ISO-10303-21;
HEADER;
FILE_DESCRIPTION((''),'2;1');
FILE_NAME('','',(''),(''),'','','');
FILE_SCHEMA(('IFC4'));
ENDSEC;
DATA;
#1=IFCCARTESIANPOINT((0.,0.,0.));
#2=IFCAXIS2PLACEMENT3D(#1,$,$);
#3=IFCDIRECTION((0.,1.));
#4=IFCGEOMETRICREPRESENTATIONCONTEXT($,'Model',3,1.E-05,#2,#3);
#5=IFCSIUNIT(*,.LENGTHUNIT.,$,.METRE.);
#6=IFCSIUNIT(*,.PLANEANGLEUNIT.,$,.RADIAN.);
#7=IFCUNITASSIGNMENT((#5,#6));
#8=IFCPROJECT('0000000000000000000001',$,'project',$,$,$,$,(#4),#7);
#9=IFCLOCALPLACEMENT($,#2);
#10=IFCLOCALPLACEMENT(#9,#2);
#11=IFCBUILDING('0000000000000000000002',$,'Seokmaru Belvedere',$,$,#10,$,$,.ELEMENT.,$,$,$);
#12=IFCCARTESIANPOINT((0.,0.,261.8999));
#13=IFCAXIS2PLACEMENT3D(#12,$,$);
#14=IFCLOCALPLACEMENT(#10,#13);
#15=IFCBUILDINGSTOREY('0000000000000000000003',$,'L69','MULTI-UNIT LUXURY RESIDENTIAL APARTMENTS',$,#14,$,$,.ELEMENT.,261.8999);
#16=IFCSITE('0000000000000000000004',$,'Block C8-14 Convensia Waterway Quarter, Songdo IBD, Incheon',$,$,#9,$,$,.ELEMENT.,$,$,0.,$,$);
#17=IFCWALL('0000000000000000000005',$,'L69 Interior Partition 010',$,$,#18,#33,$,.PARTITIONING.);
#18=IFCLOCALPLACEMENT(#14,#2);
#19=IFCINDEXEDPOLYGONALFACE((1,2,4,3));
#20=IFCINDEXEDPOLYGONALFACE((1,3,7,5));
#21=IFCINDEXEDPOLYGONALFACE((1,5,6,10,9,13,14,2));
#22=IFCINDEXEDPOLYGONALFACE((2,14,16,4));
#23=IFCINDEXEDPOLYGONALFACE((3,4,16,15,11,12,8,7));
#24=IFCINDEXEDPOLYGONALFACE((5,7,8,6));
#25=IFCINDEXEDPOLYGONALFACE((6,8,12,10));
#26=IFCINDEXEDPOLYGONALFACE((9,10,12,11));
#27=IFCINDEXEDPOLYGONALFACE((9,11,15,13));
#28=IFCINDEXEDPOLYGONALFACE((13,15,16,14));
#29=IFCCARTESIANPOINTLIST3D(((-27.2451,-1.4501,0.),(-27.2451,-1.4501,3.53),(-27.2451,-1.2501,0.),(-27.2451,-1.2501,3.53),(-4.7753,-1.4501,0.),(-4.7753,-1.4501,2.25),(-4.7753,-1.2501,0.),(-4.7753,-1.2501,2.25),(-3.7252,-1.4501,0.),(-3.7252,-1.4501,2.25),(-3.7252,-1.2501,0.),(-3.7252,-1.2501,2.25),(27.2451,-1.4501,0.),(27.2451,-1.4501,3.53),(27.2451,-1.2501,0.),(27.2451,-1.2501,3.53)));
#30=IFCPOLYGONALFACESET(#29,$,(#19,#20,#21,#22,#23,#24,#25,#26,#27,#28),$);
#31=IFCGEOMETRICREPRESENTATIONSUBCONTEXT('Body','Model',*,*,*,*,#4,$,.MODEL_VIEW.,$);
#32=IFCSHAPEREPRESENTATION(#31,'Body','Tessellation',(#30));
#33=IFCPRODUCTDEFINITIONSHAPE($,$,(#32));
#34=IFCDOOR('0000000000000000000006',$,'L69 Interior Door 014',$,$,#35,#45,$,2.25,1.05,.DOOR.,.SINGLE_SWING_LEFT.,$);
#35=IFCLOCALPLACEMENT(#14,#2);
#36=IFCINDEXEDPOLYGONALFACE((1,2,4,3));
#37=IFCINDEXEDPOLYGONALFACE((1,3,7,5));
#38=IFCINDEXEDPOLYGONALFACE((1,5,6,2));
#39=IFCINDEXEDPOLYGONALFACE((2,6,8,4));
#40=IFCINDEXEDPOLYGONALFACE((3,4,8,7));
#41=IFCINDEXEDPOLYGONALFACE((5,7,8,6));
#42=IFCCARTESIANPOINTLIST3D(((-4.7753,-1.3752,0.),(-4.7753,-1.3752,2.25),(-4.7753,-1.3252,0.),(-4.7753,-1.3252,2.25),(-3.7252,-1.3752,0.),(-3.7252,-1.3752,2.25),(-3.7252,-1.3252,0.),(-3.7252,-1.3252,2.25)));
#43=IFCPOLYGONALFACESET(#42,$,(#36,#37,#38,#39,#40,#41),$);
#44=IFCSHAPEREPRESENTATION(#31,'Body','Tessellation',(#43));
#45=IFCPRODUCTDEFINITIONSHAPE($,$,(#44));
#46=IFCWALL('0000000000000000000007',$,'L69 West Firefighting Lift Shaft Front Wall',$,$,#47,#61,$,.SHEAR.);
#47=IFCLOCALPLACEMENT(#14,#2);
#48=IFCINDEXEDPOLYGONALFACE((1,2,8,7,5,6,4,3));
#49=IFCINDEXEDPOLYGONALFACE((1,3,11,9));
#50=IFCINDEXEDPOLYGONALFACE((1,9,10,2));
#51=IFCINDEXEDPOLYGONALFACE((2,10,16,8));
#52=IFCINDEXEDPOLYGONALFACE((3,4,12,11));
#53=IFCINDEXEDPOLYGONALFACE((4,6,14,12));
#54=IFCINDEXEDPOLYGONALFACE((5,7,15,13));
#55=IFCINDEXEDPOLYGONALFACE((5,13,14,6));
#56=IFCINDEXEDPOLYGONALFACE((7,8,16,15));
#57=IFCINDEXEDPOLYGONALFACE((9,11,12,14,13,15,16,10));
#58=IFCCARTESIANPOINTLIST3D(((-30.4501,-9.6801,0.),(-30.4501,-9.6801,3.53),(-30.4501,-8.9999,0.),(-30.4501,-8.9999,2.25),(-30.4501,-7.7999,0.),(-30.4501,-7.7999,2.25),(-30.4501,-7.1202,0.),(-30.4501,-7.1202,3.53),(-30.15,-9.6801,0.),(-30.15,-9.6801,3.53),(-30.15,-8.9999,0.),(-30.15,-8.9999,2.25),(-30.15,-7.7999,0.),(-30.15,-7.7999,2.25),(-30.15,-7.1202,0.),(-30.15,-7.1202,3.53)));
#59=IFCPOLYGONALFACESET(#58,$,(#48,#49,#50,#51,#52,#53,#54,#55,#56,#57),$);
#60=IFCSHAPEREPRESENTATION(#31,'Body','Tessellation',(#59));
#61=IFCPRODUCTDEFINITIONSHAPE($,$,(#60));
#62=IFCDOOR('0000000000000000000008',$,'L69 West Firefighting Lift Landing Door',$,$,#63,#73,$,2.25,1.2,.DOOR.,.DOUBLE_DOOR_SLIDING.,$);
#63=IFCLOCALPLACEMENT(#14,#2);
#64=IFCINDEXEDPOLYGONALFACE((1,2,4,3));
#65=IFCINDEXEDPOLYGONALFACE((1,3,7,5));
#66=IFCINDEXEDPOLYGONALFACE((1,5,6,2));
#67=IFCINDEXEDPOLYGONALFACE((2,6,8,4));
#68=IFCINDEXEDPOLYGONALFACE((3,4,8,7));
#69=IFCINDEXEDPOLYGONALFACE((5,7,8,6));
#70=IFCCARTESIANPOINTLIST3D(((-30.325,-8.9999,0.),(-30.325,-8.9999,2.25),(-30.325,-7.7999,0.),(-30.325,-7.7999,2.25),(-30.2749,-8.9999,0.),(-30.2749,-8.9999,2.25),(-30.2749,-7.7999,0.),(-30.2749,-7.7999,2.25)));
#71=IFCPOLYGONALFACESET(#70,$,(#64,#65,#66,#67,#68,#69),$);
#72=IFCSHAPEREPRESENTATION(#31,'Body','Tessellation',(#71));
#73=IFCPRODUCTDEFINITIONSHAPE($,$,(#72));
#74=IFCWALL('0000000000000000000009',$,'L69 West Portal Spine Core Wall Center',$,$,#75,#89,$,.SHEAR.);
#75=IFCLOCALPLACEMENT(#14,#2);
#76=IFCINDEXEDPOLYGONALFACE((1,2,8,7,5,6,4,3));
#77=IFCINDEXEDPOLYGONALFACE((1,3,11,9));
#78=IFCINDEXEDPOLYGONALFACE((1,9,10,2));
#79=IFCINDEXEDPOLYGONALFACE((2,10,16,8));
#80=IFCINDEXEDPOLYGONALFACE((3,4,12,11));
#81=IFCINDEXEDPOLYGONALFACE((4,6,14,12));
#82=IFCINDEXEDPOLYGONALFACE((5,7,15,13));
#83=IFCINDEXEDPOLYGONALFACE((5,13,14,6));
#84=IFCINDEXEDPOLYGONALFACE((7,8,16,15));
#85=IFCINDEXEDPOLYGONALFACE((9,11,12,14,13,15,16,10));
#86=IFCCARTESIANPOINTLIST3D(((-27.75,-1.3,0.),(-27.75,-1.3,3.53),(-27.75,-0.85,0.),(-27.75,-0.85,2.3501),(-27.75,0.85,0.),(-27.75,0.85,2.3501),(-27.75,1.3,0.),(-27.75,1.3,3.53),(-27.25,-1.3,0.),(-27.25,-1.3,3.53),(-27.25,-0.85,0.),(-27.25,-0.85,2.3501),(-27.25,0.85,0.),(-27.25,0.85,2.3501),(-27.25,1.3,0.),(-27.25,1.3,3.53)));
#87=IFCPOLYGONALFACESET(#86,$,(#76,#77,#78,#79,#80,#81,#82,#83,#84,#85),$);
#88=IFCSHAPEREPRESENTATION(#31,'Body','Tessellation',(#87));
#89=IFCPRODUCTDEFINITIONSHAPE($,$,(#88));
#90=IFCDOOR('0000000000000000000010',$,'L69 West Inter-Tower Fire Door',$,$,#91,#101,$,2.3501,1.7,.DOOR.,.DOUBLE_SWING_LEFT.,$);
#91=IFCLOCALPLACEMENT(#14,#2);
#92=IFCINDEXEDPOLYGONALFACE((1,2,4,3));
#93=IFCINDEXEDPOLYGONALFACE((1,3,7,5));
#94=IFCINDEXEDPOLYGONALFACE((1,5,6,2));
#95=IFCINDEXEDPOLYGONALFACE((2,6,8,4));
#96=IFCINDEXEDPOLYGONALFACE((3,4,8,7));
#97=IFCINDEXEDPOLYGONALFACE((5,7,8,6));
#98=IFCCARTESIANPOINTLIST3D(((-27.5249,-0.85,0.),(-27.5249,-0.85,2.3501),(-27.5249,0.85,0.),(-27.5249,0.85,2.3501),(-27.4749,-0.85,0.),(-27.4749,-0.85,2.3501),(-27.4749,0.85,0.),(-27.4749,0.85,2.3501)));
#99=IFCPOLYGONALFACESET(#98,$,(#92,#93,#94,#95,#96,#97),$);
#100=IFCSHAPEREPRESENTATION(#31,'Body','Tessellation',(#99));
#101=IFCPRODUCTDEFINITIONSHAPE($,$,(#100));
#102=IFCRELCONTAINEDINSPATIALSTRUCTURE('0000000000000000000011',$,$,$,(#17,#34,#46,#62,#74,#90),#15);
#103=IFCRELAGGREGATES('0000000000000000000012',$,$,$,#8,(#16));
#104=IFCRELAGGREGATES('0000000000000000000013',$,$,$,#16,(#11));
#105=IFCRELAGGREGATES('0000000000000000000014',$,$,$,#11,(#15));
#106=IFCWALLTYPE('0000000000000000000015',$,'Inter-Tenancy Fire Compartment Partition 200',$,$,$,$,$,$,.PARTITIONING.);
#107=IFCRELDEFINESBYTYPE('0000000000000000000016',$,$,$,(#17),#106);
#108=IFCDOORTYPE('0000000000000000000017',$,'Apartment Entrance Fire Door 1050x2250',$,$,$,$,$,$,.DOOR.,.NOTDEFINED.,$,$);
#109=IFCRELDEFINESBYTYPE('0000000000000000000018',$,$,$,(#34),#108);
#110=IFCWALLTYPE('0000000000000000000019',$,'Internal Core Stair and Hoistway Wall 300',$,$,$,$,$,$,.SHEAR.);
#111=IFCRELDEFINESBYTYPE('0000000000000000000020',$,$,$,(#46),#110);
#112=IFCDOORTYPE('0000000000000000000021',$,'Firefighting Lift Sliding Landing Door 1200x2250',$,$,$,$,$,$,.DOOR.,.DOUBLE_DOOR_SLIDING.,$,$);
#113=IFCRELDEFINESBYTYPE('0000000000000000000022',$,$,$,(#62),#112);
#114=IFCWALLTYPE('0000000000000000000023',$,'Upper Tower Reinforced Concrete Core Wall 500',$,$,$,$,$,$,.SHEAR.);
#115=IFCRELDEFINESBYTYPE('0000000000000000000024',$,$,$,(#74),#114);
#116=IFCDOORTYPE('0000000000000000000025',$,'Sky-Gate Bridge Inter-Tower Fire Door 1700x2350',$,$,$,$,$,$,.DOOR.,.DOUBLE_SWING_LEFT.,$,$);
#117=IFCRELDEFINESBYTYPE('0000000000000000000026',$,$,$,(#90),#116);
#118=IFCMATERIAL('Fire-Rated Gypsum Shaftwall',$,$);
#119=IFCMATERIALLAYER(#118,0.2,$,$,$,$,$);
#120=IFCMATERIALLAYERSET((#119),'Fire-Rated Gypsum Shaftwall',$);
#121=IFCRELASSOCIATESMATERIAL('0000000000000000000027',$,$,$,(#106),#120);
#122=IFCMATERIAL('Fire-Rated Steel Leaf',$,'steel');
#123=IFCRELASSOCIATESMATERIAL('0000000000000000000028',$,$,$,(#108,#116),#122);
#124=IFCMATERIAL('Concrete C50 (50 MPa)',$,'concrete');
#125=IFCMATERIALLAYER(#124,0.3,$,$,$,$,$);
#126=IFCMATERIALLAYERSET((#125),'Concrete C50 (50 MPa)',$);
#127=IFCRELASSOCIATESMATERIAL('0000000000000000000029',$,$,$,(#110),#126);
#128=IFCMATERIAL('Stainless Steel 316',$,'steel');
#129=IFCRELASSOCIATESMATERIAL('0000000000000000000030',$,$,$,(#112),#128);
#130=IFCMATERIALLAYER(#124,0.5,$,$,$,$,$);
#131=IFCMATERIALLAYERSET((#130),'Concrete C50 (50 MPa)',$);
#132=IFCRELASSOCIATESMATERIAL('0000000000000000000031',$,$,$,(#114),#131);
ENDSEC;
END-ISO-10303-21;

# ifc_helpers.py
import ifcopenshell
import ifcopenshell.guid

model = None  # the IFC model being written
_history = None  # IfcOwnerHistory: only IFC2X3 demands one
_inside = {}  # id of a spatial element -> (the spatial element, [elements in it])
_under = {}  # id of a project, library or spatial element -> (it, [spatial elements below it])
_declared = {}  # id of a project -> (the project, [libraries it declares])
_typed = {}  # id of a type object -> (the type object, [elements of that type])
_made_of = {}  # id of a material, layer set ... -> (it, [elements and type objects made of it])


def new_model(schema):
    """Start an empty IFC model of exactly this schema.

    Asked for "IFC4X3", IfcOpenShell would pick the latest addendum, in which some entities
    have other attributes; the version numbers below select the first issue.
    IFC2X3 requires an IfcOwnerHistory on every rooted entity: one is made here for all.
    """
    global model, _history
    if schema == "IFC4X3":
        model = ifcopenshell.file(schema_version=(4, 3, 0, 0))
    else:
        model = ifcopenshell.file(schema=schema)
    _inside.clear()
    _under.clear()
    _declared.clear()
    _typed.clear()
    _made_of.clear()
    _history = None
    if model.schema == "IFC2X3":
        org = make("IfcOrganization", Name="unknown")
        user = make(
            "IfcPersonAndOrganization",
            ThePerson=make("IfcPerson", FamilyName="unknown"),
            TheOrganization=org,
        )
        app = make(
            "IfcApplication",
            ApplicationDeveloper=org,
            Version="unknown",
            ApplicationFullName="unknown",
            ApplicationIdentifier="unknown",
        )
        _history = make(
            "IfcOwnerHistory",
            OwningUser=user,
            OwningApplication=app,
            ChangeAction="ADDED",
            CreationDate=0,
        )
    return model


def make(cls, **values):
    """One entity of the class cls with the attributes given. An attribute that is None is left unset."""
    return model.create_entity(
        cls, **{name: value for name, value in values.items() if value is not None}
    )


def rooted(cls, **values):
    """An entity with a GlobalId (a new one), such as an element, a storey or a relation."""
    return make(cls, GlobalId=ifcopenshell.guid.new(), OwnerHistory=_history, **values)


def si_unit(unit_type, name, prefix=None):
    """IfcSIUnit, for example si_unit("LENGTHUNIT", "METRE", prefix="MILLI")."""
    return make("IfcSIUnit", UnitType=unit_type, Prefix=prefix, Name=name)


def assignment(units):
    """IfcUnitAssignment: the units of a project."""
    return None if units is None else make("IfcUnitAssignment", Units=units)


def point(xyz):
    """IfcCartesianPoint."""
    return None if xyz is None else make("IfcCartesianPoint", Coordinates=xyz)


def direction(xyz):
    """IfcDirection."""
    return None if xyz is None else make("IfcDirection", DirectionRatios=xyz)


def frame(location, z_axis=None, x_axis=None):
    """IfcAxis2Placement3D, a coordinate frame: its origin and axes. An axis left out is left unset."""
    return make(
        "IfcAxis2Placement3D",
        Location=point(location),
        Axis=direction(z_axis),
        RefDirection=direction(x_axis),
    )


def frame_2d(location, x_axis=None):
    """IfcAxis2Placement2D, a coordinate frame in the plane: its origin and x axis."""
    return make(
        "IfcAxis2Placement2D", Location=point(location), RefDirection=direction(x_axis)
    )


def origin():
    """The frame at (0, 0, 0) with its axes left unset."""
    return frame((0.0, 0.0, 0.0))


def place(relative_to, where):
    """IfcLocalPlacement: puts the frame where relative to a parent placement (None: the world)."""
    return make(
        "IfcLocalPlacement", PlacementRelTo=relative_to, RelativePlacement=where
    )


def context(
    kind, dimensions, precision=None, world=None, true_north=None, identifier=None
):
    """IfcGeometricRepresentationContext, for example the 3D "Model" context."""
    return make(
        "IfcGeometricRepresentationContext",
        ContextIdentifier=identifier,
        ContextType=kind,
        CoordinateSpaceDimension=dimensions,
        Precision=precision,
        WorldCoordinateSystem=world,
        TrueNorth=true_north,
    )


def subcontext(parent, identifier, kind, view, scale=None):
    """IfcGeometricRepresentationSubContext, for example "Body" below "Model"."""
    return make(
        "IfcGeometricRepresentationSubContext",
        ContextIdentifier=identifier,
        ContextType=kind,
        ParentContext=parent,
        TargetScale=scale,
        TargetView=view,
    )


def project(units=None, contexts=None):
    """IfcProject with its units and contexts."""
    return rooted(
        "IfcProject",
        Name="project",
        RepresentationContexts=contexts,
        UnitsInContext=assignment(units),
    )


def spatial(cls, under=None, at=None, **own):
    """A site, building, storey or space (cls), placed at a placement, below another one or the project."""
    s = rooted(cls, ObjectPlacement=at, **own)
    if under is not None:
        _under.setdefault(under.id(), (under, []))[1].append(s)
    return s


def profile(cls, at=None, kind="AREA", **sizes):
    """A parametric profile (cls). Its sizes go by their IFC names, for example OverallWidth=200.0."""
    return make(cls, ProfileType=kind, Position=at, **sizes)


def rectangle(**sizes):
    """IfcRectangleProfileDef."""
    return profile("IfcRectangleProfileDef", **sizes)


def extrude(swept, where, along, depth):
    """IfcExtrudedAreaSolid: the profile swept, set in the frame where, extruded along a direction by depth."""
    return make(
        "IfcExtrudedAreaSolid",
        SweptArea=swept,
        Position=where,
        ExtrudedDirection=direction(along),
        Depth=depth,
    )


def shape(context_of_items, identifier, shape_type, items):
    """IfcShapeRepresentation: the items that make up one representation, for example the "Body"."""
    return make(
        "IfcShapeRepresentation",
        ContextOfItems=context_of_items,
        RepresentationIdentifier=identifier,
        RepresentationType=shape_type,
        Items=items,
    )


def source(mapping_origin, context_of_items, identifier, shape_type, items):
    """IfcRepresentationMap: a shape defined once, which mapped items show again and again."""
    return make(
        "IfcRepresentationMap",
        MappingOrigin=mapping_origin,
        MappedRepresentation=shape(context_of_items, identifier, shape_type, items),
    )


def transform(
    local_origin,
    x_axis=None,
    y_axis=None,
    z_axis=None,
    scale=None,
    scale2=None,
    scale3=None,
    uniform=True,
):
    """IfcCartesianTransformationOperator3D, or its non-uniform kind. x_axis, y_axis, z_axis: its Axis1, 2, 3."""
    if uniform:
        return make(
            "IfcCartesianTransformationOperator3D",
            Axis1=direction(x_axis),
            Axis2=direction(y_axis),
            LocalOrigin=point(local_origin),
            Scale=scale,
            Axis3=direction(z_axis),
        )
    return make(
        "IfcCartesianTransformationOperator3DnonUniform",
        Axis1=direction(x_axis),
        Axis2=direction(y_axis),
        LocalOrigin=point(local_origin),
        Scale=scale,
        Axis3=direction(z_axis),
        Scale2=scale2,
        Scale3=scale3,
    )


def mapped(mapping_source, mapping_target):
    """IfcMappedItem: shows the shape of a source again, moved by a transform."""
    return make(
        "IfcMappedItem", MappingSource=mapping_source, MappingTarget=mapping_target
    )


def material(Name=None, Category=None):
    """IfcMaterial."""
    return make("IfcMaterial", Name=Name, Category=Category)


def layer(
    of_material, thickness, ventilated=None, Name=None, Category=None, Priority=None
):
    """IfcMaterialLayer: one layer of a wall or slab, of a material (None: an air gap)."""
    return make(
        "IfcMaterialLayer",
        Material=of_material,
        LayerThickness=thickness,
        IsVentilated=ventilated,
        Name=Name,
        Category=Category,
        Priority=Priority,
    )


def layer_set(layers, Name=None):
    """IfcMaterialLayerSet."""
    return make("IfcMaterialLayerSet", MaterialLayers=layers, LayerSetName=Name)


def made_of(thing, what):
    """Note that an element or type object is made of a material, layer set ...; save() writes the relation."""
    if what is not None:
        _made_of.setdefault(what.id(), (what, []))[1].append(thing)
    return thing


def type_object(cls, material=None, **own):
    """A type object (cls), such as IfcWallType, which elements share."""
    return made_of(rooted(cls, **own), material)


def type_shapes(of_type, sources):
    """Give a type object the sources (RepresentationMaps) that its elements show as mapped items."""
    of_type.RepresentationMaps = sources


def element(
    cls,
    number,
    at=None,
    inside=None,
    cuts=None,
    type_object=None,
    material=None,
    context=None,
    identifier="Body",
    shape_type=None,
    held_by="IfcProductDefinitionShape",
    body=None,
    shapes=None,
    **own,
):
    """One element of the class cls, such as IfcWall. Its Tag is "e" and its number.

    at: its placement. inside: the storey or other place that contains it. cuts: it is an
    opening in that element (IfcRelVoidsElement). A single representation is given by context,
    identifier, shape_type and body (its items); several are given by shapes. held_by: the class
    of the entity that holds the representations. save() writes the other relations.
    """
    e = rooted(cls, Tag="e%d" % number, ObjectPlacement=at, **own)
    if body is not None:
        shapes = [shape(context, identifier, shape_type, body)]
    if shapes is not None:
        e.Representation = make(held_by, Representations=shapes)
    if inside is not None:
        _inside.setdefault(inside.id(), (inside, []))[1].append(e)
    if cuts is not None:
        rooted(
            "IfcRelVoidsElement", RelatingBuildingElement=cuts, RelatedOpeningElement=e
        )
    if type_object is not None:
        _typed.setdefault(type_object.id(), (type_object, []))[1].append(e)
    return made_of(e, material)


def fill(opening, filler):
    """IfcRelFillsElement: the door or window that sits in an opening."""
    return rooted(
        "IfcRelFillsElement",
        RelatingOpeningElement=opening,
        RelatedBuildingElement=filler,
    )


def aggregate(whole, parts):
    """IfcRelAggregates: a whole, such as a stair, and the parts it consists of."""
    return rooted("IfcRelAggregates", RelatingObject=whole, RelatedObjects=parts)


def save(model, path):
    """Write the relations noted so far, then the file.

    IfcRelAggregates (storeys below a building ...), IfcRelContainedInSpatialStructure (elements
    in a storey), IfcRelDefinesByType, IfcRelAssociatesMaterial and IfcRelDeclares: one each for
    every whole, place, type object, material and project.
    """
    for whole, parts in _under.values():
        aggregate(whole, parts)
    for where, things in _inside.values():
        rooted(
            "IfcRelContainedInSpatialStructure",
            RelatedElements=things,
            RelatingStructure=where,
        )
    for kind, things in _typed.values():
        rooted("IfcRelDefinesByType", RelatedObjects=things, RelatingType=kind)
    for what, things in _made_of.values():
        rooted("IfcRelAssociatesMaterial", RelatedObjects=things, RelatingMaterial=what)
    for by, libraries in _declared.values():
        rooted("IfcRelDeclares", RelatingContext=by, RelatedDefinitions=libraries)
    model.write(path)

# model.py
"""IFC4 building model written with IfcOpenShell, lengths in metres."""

from ifc_helpers import new_model, si_unit, direction, frame, frame_2d, origin, place, context, subcontext, project, spatial, rectangle, extrude, source, transform, mapped, material, layer, layer_set, type_object, type_shapes, element, fill, save


model = new_model("IFC4")

# Units and contexts
model_context = context("Model", 3, precision=1e-05, world=origin(), true_north=direction((0.0, 1.0)))
body_context = subcontext(model_context, "Body", "Model", "MODEL_VIEW")
ifc_project = project(units=[si_unit("LENGTHUNIT", "METRE"), si_unit("PLANEANGLEUNIT", "RADIAN")], contexts=[model_context])

# Site, building, storey
site_placement = place(None, origin())
site = spatial("IfcSite", under=ifc_project, at=site_placement, Name="Block C8-14 Convensia Waterway Quarter, Songdo IBD, Incheon", CompositionType="ELEMENT", RefElevation=0.0)
building_placement = place(site_placement, origin())
building = spatial("IfcBuilding", under=site, at=building_placement, Name="Seokmaru Belvedere", CompositionType="ELEMENT")
storey_placement = place(building_placement, frame((0.0, 0.0, 261.8999)))
storey = spatial("IfcBuildingStorey", under=building, at=storey_placement, Name="L69", Description="MULTI-UNIT LUXURY RESIDENTIAL APARTMENTS", CompositionType="ELEMENT", Elevation=261.8999)

# Shared definitions
ifc_material_1 = material(Name="Fire-Rated Gypsum Shaftwall")

# Walls, openings, doors
ifc_layer_1 = layer(ifc_material_1, 0.2)
ifc_layer_set_1 = layer_set([ifc_layer_1], Name="Fire-Rated Gypsum Shaftwall")
wall_type_1 = type_object("IfcWallType", Name="Inter-Tenancy Fire Compartment Partition 200", PredefinedType="PARTITIONING", material=ifc_layer_set_1)
wall_1_placement = place(storey_placement, frame((-27.2451, -1.3501, 0.0), z_axis=(0.0, 0.0, 1.0), x_axis=(1.0, 0.0, 0.0)))
wall_1 = element("IfcWall", 1, at=wall_1_placement, inside=storey, type_object=wall_type_1, Name="L69 Interior Partition 010", PredefinedType="PARTITIONING", context=body_context, shape_type="SweptSolid", body=[
    extrude(rectangle(XDim=54.4902, YDim=0.2, at=frame_2d((27.2451, 0.0))), origin(), (0.0, 0.0, 1.0), 3.53),
])
opening_1_placement = place(wall_1_placement, frame((22.47, 0.0, 0.0)))
opening_1 = element("IfcOpeningElement", 2, at=opening_1_placement, cuts=wall_1, PredefinedType="OPENING", context=body_context, shape_type="SweptSolid", body=[
    extrude(rectangle(XDim=1.05, YDim=2.25, at=frame_2d((0.5249, 1.125))), frame((0.0, 0.1099, 0.0), z_axis=(0.0, -1.0, 0.0), x_axis=(1.0, 0.0, 0.0)), (0.0, 0.0, 1.0), 0.22),
])
ifc_material_2 = material(Name="Fire-Rated Steel Leaf", Category="steel")
door_type_1 = type_object("IfcDoorType", Name="Apartment Entrance Fire Door 1050x2250", OperationType="NOTDEFINED", PredefinedType="DOOR", material=ifc_material_2)
shared_shape_1 = source(origin(), body_context, "Body", "SweptSolid", [
    extrude(rectangle(XDim=1.05, YDim=2.25, at=frame_2d((0.5249, 1.125))), frame((0.0, 0.0249, 0.0), z_axis=(0.0, -1.0, 0.0), x_axis=(1.0, 0.0, 0.0)), (0.0, 0.0, 1.0), 0.05),
])
type_shapes(door_type_1, [shared_shape_1])
door_1_placement = place(opening_1_placement, origin())
door_1 = element("IfcDoor", 3, at=door_1_placement, inside=storey, type_object=door_type_1, Name="L69 Interior Door 014", OperationType="SINGLE_SWING_LEFT", OverallHeight=2.25, OverallWidth=1.05, PredefinedType="DOOR", context=body_context, shape_type="MappedRepresentation", body=[
    mapped(shared_shape_1, transform((0.0, 0.0, 0.0), scale=1.0)),
])
fill(opening_1, door_1)
ifc_material_3 = material(Name="Concrete C50 (50 MPa)", Category="concrete")
ifc_layer_2 = layer(ifc_material_3, 0.3)
ifc_layer_set_2 = layer_set([ifc_layer_2], Name="Concrete C50 (50 MPa)")
wall_type_2 = type_object("IfcWallType", Name="Internal Core Stair and Hoistway Wall 300", PredefinedType="SHEAR", material=ifc_layer_set_2)
wall_2_placement = place(storey_placement, frame((-30.3, -9.6799, 0.0), z_axis=(0.0, 0.0, 1.0), x_axis=(0.0, 1.0, 0.0)))
wall_2 = element("IfcWall", 4, at=wall_2_placement, inside=storey, type_object=wall_type_2, Name="L69 West Firefighting Lift Shaft Front Wall", PredefinedType="SHEAR", context=body_context, shape_type="SweptSolid", body=[
    extrude(rectangle(XDim=2.5598, YDim=0.3, at=frame_2d((1.2798, 0.0))), origin(), (0.0, 0.0, 1.0), 3.53),
])
opening_2_placement = place(wall_2_placement, frame((0.6799, 0.0, 0.0)))
opening_2 = element("IfcOpeningElement", 5, at=opening_2_placement, cuts=wall_2, PredefinedType="OPENING", context=body_context, shape_type="SweptSolid", body=[
    extrude(rectangle(XDim=1.2, YDim=2.25, at=frame_2d((0.6001, 1.125))), frame((0.0, 0.1602, 0.0), z_axis=(0.0, -1.0, 0.0), x_axis=(1.0, 0.0, 0.0)), (0.0, 0.0, 1.0), 0.3201),
])
ifc_material_4 = material(Name="Stainless Steel 316", Category="steel")
door_type_2 = type_object("IfcDoorType", Name="Firefighting Lift Sliding Landing Door 1200x2250", OperationType="DOUBLE_DOOR_SLIDING", PredefinedType="DOOR", material=ifc_material_4)
shared_shape_2 = source(origin(), body_context, "Body", "SweptSolid", [
    extrude(rectangle(XDim=1.2, YDim=2.25, at=frame_2d((0.6001, 1.125))), frame((0.0, 0.0249, 0.0), z_axis=(0.0, -1.0, 0.0), x_axis=(1.0, 0.0, 0.0)), (0.0, 0.0, 1.0), 0.05),
])
type_shapes(door_type_2, [shared_shape_2])
door_2_placement = place(opening_2_placement, origin())
door_2 = element("IfcDoor", 6, at=door_2_placement, inside=storey, type_object=door_type_2, Name="L69 West Firefighting Lift Landing Door", OperationType="DOUBLE_DOOR_SLIDING", OverallHeight=2.25, OverallWidth=1.2, PredefinedType="DOOR", context=body_context, shape_type="MappedRepresentation", body=[
    mapped(shared_shape_2, transform((0.0, 0.0, 0.0), scale=1.0)),
])
fill(opening_2, door_2)
ifc_layer_3 = layer(ifc_material_3, 0.5)
ifc_layer_set_3 = layer_set([ifc_layer_3], Name="Concrete C50 (50 MPa)")
wall_type_3 = type_object("IfcWallType", Name="Upper Tower Reinforced Concrete Core Wall 500", PredefinedType="SHEAR", material=ifc_layer_set_3)
wall_3_placement = place(storey_placement, frame((-27.5, -1.3, 0.0), z_axis=(0.0, 0.0, 1.0), x_axis=(0.0, 1.0, 0.0)))
wall_3 = element("IfcWall", 7, at=wall_3_placement, inside=storey, type_object=wall_type_3, Name="L69 West Portal Spine Core Wall Center", PredefinedType="SHEAR", context=body_context, shape_type="SweptSolid", body=[
    extrude(rectangle(XDim=2.6001, YDim=0.5, at=frame_2d((1.3, 0.0))), origin(), (0.0, 0.0, 1.0), 3.53),
])
opening_3_placement = place(wall_3_placement, frame((0.45, 0.0, 0.0)))
opening_3 = element("IfcOpeningElement", 8, at=opening_3_placement, cuts=wall_3, PredefinedType="OPENING", context=body_context, shape_type="SweptSolid", body=[
    extrude(rectangle(XDim=1.7, YDim=2.3501, at=frame_2d((0.8501, 1.175))), frame((0.0, 0.26, 0.0), z_axis=(0.0, -1.0, 0.0), x_axis=(1.0, 0.0, 0.0)), (0.0, 0.0, 1.0), 0.52),
])
door_type_3 = type_object("IfcDoorType", Name="Sky-Gate Bridge Inter-Tower Fire Door 1700x2350", OperationType="DOUBLE_SWING_LEFT", PredefinedType="DOOR", material=ifc_material_2)
shared_shape_3 = source(origin(), body_context, "Body", "SweptSolid", [
    extrude(rectangle(XDim=1.7, YDim=2.3501, at=frame_2d((0.8501, 1.175))), frame((0.0, 0.0249, 0.0), z_axis=(0.0, -1.0, 0.0), x_axis=(1.0, 0.0, 0.0)), (0.0, 0.0, 1.0), 0.05),
])
type_shapes(door_type_3, [shared_shape_3])
door_3_placement = place(opening_3_placement, origin())
door_3 = element("IfcDoor", 9, at=door_3_placement, inside=storey, type_object=door_type_3, Name="L69 West Inter-Tower Fire Door", OperationType="DOUBLE_SWING_LEFT", OverallHeight=2.3501, OverallWidth=1.7, PredefinedType="DOOR", context=body_context, shape_type="MappedRepresentation", body=[
    mapped(shared_shape_3, transform((0.0, 0.0, 0.0), scale=1.0)),
])
fill(opening_3, door_3)

save(model, "model.ifc")
